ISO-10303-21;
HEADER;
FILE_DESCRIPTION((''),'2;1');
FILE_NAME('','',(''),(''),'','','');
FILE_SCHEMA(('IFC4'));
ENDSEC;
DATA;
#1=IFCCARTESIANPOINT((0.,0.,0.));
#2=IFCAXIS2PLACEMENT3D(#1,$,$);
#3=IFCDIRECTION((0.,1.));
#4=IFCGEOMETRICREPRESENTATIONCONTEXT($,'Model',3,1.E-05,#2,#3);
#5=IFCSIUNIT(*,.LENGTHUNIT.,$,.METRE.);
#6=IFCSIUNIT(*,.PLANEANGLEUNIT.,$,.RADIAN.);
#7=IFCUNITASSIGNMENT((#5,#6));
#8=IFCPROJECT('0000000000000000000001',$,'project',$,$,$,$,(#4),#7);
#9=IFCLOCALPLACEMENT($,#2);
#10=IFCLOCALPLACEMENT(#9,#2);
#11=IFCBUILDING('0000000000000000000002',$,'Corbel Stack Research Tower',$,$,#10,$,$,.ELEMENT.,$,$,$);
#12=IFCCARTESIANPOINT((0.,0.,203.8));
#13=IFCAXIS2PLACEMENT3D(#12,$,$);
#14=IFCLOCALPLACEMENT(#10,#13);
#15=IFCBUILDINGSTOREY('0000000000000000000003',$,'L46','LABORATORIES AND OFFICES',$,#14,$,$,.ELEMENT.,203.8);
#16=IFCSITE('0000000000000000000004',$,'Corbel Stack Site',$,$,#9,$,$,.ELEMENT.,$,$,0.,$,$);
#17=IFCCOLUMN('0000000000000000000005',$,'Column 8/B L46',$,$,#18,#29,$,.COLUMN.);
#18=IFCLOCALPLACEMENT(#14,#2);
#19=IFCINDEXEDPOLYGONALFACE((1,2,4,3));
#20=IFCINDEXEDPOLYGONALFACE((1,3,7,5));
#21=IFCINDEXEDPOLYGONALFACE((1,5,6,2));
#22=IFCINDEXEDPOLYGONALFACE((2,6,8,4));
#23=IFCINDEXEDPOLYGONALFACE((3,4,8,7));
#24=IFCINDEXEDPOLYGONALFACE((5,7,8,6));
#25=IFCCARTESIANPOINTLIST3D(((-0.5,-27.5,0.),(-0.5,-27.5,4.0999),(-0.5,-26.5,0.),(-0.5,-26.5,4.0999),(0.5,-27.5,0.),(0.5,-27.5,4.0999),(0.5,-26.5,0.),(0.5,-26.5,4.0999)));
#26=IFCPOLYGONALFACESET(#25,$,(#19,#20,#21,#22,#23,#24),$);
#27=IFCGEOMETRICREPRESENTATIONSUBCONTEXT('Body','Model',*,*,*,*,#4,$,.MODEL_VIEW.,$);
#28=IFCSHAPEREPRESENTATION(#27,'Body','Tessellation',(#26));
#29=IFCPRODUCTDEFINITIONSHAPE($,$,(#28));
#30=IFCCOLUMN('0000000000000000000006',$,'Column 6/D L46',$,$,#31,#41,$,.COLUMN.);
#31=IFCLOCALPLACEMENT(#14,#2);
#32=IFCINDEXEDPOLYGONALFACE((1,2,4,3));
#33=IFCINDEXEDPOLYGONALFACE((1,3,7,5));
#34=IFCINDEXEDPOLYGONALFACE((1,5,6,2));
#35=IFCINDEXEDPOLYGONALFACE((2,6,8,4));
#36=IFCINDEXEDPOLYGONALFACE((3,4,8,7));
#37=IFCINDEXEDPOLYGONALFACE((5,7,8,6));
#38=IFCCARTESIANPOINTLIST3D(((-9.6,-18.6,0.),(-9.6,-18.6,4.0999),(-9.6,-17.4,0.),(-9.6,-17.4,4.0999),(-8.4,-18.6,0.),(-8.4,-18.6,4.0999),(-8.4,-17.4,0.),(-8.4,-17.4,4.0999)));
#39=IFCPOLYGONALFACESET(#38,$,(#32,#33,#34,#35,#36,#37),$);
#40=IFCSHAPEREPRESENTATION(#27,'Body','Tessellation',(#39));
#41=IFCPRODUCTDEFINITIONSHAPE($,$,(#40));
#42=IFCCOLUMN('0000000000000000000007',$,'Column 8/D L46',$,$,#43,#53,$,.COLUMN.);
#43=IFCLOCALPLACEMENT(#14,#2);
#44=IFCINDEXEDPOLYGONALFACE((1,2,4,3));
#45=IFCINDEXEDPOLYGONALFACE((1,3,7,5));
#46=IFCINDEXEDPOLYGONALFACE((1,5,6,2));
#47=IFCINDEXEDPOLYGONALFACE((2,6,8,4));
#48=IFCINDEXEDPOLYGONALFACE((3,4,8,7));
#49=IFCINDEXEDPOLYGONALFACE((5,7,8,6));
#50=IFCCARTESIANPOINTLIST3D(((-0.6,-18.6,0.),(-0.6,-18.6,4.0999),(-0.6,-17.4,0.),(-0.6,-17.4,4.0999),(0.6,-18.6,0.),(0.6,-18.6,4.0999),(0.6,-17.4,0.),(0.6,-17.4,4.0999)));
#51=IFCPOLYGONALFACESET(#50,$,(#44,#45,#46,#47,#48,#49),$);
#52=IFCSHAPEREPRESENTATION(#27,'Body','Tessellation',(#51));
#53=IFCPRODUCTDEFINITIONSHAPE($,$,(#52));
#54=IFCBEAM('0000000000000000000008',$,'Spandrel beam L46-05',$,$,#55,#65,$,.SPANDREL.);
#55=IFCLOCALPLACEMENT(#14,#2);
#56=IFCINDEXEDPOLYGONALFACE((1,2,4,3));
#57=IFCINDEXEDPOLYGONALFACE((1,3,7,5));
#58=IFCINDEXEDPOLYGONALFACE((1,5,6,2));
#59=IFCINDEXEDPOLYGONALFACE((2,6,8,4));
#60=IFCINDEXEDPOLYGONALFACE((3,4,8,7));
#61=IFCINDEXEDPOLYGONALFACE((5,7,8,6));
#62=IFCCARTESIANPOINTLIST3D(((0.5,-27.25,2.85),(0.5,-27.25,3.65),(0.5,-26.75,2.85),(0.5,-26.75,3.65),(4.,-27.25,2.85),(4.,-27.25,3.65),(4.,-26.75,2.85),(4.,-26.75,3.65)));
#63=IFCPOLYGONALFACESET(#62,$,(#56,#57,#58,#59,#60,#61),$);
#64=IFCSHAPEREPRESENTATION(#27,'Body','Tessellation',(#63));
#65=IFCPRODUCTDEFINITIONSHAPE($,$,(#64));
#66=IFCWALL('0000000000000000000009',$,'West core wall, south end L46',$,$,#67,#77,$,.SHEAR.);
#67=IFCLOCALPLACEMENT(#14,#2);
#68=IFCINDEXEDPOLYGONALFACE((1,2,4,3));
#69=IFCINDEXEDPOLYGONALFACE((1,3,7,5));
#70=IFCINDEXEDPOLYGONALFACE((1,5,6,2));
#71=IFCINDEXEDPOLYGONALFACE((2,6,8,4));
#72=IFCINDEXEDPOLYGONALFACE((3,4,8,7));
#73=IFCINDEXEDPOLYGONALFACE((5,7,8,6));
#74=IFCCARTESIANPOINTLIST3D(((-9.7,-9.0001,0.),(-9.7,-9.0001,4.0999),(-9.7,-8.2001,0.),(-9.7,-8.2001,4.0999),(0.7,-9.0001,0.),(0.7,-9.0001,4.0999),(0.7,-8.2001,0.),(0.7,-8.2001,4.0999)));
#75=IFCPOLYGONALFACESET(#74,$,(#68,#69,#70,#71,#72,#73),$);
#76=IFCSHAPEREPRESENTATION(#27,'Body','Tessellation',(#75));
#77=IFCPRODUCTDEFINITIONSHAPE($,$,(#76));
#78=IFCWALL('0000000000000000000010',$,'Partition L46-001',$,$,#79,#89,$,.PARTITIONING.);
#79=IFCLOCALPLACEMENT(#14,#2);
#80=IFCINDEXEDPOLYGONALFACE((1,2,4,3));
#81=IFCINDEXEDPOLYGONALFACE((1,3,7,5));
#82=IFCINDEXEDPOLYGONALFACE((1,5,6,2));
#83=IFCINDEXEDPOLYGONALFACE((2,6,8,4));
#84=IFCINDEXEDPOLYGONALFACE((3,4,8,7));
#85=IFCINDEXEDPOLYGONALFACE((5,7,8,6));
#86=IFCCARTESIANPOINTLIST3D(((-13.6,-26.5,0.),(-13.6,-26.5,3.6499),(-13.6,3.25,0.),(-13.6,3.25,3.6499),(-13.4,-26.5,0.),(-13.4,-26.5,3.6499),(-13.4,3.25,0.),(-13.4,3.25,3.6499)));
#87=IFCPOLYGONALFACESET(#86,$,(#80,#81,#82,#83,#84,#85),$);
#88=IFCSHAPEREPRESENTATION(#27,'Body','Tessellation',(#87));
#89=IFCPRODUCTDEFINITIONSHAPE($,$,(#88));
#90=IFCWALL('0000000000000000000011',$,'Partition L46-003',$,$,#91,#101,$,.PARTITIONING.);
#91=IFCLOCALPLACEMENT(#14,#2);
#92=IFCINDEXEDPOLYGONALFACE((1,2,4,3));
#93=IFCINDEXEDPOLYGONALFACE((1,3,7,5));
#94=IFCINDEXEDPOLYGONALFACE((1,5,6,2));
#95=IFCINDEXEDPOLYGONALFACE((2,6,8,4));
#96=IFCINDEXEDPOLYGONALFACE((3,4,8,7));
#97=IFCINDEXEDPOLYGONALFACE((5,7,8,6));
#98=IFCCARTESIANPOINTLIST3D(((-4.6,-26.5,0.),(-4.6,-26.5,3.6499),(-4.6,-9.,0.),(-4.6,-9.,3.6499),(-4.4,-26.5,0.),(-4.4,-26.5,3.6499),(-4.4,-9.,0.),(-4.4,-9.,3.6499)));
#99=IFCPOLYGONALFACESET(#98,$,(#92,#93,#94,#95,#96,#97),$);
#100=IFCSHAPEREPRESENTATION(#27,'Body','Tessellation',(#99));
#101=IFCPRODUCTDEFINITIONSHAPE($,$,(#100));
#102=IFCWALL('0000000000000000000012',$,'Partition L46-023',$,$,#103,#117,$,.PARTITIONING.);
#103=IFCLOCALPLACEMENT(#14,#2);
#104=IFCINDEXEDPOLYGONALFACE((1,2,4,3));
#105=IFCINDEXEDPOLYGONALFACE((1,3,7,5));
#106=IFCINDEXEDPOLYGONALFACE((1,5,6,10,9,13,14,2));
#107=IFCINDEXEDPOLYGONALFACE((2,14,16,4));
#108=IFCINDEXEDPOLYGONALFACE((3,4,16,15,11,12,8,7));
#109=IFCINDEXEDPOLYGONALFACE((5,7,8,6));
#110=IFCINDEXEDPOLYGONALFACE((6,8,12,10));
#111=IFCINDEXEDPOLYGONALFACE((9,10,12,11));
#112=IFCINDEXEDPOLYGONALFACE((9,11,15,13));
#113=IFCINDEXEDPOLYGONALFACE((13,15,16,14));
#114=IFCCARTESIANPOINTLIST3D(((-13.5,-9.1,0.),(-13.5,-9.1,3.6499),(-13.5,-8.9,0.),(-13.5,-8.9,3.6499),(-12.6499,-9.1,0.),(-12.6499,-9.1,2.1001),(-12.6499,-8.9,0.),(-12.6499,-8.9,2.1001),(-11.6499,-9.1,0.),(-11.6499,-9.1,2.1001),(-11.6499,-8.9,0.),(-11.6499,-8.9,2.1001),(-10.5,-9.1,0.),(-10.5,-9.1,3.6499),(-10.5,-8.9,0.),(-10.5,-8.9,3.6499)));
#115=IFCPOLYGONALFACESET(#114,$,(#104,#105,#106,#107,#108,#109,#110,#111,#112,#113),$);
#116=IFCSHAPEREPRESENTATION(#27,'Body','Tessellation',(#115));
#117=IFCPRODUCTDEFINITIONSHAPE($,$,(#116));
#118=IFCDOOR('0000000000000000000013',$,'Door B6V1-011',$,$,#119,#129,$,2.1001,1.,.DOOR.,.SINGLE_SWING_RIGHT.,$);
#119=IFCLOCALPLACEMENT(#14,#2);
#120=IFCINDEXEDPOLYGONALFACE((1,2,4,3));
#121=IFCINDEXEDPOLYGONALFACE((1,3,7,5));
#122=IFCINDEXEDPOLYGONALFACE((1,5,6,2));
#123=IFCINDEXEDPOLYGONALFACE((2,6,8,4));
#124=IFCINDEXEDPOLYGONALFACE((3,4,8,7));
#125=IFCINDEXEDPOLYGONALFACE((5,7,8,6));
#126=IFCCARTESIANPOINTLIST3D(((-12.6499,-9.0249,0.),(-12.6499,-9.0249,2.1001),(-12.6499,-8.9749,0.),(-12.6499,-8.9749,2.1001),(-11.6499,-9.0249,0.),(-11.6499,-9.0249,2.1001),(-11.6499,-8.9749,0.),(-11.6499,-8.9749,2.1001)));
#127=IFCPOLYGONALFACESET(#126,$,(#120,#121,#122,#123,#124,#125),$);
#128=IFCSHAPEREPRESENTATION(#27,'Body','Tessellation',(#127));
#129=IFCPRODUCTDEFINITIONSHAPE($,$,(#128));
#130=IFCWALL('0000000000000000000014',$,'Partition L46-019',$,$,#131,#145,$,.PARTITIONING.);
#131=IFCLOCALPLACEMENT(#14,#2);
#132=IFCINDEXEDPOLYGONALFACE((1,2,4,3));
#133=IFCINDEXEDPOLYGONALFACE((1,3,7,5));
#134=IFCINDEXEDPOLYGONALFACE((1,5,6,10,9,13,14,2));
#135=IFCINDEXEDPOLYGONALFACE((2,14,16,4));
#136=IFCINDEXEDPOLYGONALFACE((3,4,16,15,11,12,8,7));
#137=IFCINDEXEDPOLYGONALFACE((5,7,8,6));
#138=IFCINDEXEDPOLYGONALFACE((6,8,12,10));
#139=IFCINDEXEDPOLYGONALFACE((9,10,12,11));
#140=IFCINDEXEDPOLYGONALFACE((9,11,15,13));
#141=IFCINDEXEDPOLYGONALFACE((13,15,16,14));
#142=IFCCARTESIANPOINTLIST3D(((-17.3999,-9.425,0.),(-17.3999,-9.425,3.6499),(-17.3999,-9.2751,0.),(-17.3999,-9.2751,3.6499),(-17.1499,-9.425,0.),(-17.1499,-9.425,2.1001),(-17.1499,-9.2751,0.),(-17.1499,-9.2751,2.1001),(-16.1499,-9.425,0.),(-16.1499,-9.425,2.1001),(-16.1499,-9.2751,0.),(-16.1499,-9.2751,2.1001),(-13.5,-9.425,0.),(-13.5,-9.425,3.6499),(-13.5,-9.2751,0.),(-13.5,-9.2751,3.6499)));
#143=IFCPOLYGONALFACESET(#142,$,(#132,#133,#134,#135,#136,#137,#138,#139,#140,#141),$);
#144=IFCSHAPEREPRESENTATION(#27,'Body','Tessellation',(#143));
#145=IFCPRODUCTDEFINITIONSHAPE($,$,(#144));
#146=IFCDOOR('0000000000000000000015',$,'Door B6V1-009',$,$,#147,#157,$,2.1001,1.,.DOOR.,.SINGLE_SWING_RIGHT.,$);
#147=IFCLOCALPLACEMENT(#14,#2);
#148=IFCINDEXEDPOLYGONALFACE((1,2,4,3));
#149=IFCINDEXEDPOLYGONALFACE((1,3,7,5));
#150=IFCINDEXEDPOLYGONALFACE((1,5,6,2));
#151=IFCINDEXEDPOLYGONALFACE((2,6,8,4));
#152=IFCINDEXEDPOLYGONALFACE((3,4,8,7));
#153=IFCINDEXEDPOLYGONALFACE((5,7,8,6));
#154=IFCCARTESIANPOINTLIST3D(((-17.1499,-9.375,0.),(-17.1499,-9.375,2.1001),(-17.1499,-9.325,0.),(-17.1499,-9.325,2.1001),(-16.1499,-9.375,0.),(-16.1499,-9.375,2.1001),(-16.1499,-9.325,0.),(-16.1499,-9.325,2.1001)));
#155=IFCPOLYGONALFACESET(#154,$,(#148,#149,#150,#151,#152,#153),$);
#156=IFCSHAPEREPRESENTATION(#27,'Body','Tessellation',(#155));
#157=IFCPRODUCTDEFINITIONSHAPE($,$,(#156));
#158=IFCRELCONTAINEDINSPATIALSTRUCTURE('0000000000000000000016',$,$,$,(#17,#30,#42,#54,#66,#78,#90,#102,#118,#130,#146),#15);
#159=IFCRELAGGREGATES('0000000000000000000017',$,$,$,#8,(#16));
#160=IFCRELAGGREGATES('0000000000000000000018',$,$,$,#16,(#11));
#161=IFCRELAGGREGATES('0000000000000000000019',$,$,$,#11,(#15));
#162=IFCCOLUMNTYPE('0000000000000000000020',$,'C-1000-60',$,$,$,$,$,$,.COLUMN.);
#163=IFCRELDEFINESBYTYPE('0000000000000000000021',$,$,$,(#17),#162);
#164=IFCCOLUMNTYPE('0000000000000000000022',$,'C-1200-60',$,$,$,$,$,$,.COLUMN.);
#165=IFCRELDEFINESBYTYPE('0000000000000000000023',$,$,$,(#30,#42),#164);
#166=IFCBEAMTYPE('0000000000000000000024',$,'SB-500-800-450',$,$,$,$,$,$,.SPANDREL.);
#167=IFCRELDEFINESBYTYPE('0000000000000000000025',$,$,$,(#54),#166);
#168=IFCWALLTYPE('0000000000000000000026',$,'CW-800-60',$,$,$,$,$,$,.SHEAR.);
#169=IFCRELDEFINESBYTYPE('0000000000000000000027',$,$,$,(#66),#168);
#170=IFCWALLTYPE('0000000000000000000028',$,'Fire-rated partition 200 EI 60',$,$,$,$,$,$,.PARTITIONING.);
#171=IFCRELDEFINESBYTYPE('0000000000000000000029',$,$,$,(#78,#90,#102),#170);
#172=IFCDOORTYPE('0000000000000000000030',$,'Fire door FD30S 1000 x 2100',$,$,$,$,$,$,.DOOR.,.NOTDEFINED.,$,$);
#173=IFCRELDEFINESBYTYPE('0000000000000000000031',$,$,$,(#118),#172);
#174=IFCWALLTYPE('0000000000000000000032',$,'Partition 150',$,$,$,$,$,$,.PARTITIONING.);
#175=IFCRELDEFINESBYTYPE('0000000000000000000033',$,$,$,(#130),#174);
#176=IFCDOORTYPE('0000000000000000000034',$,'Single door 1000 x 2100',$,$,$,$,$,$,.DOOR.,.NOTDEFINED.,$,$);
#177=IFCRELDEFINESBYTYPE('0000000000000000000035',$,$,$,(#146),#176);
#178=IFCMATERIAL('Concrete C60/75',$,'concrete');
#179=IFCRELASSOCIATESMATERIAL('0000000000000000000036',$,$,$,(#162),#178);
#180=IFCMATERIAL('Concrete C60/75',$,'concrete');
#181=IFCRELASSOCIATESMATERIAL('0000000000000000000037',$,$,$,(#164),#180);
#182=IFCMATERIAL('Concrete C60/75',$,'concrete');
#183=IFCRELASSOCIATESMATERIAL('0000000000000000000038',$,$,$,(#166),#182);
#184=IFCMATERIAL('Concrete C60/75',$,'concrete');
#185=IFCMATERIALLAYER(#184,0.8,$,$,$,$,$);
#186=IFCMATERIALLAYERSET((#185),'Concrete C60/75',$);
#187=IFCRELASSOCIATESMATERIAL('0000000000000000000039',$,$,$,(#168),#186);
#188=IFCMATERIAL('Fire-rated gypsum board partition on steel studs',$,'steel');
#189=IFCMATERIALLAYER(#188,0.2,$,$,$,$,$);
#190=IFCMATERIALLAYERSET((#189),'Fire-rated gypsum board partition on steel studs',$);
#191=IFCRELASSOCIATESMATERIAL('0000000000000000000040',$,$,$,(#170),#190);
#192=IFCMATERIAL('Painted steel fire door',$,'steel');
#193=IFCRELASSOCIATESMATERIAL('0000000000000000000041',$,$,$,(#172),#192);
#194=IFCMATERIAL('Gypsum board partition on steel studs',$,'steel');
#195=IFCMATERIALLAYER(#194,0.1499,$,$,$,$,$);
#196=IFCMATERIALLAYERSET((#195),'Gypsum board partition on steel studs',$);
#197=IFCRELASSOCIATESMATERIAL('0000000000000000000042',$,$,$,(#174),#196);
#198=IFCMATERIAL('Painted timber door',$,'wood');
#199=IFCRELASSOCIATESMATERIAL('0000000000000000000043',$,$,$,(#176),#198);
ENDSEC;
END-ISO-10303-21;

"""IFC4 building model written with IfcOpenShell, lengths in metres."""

from ifc_helpers import new_model, si_unit, direction, frame, frame_2d, origin, origin_2d, place, context, subcontext, project, spatial, rectangle, extrude, material, layer, layer_set, material_profile, profile_set, type_object, element, fill, save


model = new_model("IFC4")

# Units and contexts
model_context = context("Model", 3, precision=1e-05, world=origin(), true_north=direction((0.0, 1.0)))
body_context = subcontext(model_context, "Body", "Model", "MODEL_VIEW")
ifc_project = project(units=[si_unit("LENGTHUNIT", "METRE"), si_unit("PLANEANGLEUNIT", "RADIAN")], contexts=[model_context])

# Site, building, storey
site_placement = place(None, origin())
site = spatial("IfcSite", under=ifc_project, at=site_placement, Name="Corbel Stack Site", CompositionType="ELEMENT", RefElevation=0.0)
building_placement = place(site_placement, origin())
building = spatial("IfcBuilding", under=site, at=building_placement, Name="Corbel Stack Research Tower", CompositionType="ELEMENT")
storey_placement = place(building_placement, frame((0.0, 0.0, 203.8)))
storey = spatial("IfcBuildingStorey", under=building, at=storey_placement, Name="L46", Description="LABORATORIES AND OFFICES", CompositionType="ELEMENT", Elevation=203.8)

# Columns
ifc_material_1 = material(Name="Concrete C60/75", Category="concrete")
ifc_material_profile_1 = material_profile(ifc_material_1, rectangle(XDim=1.0, YDim=1.0, at=origin_2d()), Name="RC 1000 x 1000")
ifc_profile_set_1 = profile_set([ifc_material_profile_1], Name="Concrete C60/75")
column_type_1 = type_object("IfcColumnType", Name="C-1000-60", PredefinedType="COLUMN", material=ifc_profile_set_1)
column_placement = place(storey_placement, frame((0.0, -27.0, 0.0), z_axis=(0.0, 0.0, 1.0), x_axis=(1.0, 0.0, 0.0)))
element("IfcColumn", 1, at=column_placement, inside=storey, type_object=column_type_1, Name="Column 8/B L46", PredefinedType="COLUMN", context=body_context, shape_type="SweptSolid", body=[
    extrude(rectangle(XDim=1.0, YDim=1.0, at=origin_2d()), origin(), (0.0, 0.0, 1.0), 4.0999),
])
ifc_material_2 = material(Name="Concrete C60/75", Category="concrete")
ifc_material_profile_2 = material_profile(ifc_material_2, rectangle(XDim=1.2, YDim=1.2, at=origin_2d()), Name="RC 1200 x 1200")
ifc_profile_set_2 = profile_set([ifc_material_profile_2], Name="Concrete C60/75")
column_type_2 = type_object("IfcColumnType", Name="C-1200-60", PredefinedType="COLUMN", material=ifc_profile_set_2)
for number, where, z_axis, x_axis, name in (
    (2, (-9.0, -18.0, 0.0), (0.0, 0.0, 1.0), (1.0, 0.0, 0.0), "Column 6/D L46"),
    (3, (0.0, -18.0, 0.0), (0.0, 0.0, 1.0), (1.0, 0.0, 0.0), "Column 8/D L46"),
):
    element("IfcColumn", number, at=place(storey_placement, frame(where, z_axis=z_axis, x_axis=x_axis)), inside=storey, type_object=column_type_2, Name=name, PredefinedType="COLUMN", context=body_context, shape_type="SweptSolid", body=[
        extrude(rectangle(XDim=1.2, YDim=1.2, at=origin_2d()), origin(), (0.0, 0.0, 1.0), 4.0999),
    ])

# Beam
ifc_material_3 = material(Name="Concrete C60/75", Category="concrete")
ifc_material_profile_3 = material_profile(ifc_material_3, rectangle(XDim=0.5, YDim=0.8, at=origin_2d()), Name="RC 500 x 800")
ifc_profile_set_3 = profile_set([ifc_material_profile_3], Name="Concrete C60/75")
beam_type = type_object("IfcBeamType", Name="SB-500-800-450", PredefinedType="SPANDREL", material=ifc_profile_set_3)
beam_placement = place(storey_placement, frame((0.5, -27.0, 3.25), z_axis=(1.0, 0.0, 0.0), x_axis=(0.0, 1.0, 0.0)))
element("IfcBeam", 4, at=beam_placement, inside=storey, type_object=beam_type, Name="Spandrel beam L46-05", PredefinedType="SPANDREL", context=body_context, shape_type="SweptSolid", body=[
    extrude(rectangle(XDim=0.5, YDim=0.8, at=origin_2d()), origin(), (0.0, 0.0, 1.0), 3.5),
])

# Shared definitions
ifc_material_4 = material(Name="Concrete C60/75", Category="concrete")
ifc_layer_1 = layer(ifc_material_4, 0.8)
ifc_layer_set_1 = layer_set([ifc_layer_1], Name="Concrete C60/75")
wall_type_1 = type_object("IfcWallType", Name="CW-800-60", PredefinedType="SHEAR", material=ifc_layer_set_1)

# Walls
wall_1_placement = place(storey_placement, frame((-9.7, -8.6001, 0.0), z_axis=(0.0, 0.0, 1.0), x_axis=(1.0, 0.0, 0.0)))
element("IfcWall", 5, at=wall_1_placement, inside=storey, type_object=wall_type_1, Name="West core wall, south end L46", PredefinedType="SHEAR", context=body_context, shape_type="SweptSolid", body=[
    extrude(rectangle(XDim=10.3999, YDim=0.8, at=frame_2d((5.2, 0.0))), origin(), (0.0, 0.0, 1.0), 4.0999),
])
ifc_material_5 = material(Name="Fire-rated gypsum board partition on steel studs", Category="steel")
ifc_layer_2 = layer(ifc_material_5, 0.2)
ifc_layer_set_2 = layer_set([ifc_layer_2], Name="Fire-rated gypsum board partition on steel studs")
wall_type_2 = type_object("IfcWallType", Name="Fire-rated partition 200 EI 60", PredefinedType="PARTITIONING", material=ifc_layer_set_2)
wall_2_placement = place(storey_placement, frame((-13.5, -26.5, 0.0), z_axis=(0.0, 0.0, 1.0), x_axis=(0.0, 1.0, 0.0)))
element("IfcWall", 6, at=wall_2_placement, inside=storey, type_object=wall_type_2, Name="Partition L46-001", PredefinedType="PARTITIONING", context=body_context, shape_type="SweptSolid", body=[
    extrude(rectangle(XDim=29.75, YDim=0.2, at=frame_2d((14.875, 0.0))), origin(), (0.0, 0.0, 1.0), 3.6499),
])
wall_3_placement = place(storey_placement, frame((-4.5, -26.5, 0.0), z_axis=(0.0, 0.0, 1.0), x_axis=(0.0, 1.0, 0.0)))
element("IfcWall", 7, at=wall_3_placement, inside=storey, type_object=wall_type_2, Name="Partition L46-003", PredefinedType="PARTITIONING", context=body_context, shape_type="SweptSolid", body=[
    extrude(rectangle(XDim=17.5, YDim=0.2, at=frame_2d((8.75, 0.0))), origin(), (0.0, 0.0, 1.0), 3.6499),
])

# Walls, openings, doors
wall_4_placement = place(storey_placement, frame((-10.5, -9.0, 0.0), z_axis=(0.0, 0.0, 1.0), x_axis=(-1.0, 0.0, 0.0)))
wall_4 = element("IfcWall", 8, at=wall_4_placement, inside=storey, type_object=wall_type_2, Name="Partition L46-023", PredefinedType="PARTITIONING", context=body_context, shape_type="SweptSolid", body=[
    extrude(rectangle(XDim=3.0, YDim=0.2, at=frame_2d((1.5, 0.0))), origin(), (0.0, 0.0, 1.0), 3.6499),
])
opening_1_placement = place(wall_4_placement, frame((1.1499, 0.0, 0.0)))
opening_1 = element("IfcOpeningElement", 9, at=opening_1_placement, cuts=wall_4, PredefinedType="OPENING", context=body_context, shape_type="SweptSolid", body=[
    extrude(rectangle(XDim=1.0, YDim=2.1001, at=frame_2d((0.5, 1.05))), frame((0.0, 0.1099, 0.0), z_axis=(0.0, -1.0, 0.0), x_axis=(1.0, 0.0, 0.0)), (0.0, 0.0, 1.0), 0.22),
])
ifc_material_6 = material(Name="Painted steel fire door", Category="steel")
door_type_1 = type_object("IfcDoorType", Name="Fire door FD30S 1000 x 2100", OperationType="NOTDEFINED", PredefinedType="DOOR", material=ifc_material_6)
door_1_placement = place(opening_1_placement, origin())
door_1 = element("IfcDoor", 10, at=door_1_placement, inside=storey, type_object=door_type_1, Name="Door B6V1-011", OperationType="SINGLE_SWING_RIGHT", OverallHeight=2.1001, OverallWidth=1.0, PredefinedType="DOOR", context=body_context, shape_type="SweptSolid", body=[
    extrude(rectangle(XDim=1.0, YDim=2.1001, at=frame_2d((0.5, 1.05))), frame((0.0, 0.0249, 0.0), z_axis=(0.0, -1.0, 0.0), x_axis=(1.0, 0.0, 0.0)), (0.0, 0.0, 1.0), 0.05),
])
fill(opening_1, door_1)
ifc_material_7 = material(Name="Gypsum board partition on steel studs", Category="steel")
ifc_layer_3 = layer(ifc_material_7, 0.1499)
ifc_layer_set_3 = layer_set([ifc_layer_3], Name="Gypsum board partition on steel studs")
wall_type_3 = type_object("IfcWallType", Name="Partition 150", PredefinedType="PARTITIONING", material=ifc_layer_set_3)
wall_5_placement = place(storey_placement, frame((-13.5, -9.3501, 0.0), z_axis=(0.0, 0.0, 1.0), x_axis=(-1.0, 0.0, 0.0)))
wall_5 = element("IfcWall", 11, at=wall_5_placement, inside=storey, type_object=wall_type_3, Name="Partition L46-019", PredefinedType="PARTITIONING", context=body_context, shape_type="SweptSolid", body=[
    extrude(rectangle(XDim=3.8999, YDim=0.1499, at=frame_2d((1.95, 0.0))), origin(), (0.0, 0.0, 1.0), 3.6499),
])
opening_2_placement = place(wall_5_placement, frame((2.6499, 0.0, 0.0)))
opening_2 = element("IfcOpeningElement", 12, at=opening_2_placement, cuts=wall_5, PredefinedType="OPENING", context=body_context, shape_type="SweptSolid", body=[
    extrude(rectangle(XDim=1.0, YDim=2.1001, at=frame_2d((0.5, 1.05))), frame((0.0, 0.085, 0.0), z_axis=(0.0, -1.0, 0.0), x_axis=(1.0, 0.0, 0.0)), (0.0, 0.0, 1.0), 0.1699),
])
ifc_material_8 = material(Name="Painted timber door", Category="wood")
door_type_2 = type_object("IfcDoorType", Name="Single door 1000 x 2100", OperationType="NOTDEFINED", PredefinedType="DOOR", material=ifc_material_8)
door_2_placement = place(opening_2_placement, origin())
door_2 = element("IfcDoor", 13, at=door_2_placement, inside=storey, type_object=door_type_2, Name="Door B6V1-009", OperationType="SINGLE_SWING_RIGHT", OverallHeight=2.1001, OverallWidth=1.0, PredefinedType="DOOR", context=body_context, shape_type="SweptSolid", body=[
    extrude(rectangle(XDim=1.0, YDim=2.1001, at=frame_2d((0.5, 1.05))), frame((0.0, 0.0249, 0.0), z_axis=(0.0, -1.0, 0.0), x_axis=(1.0, 0.0, 0.0)), (0.0, 0.0, 1.0), 0.05),
])
fill(opening_2, door_2)

save(model, "model.ifc")
